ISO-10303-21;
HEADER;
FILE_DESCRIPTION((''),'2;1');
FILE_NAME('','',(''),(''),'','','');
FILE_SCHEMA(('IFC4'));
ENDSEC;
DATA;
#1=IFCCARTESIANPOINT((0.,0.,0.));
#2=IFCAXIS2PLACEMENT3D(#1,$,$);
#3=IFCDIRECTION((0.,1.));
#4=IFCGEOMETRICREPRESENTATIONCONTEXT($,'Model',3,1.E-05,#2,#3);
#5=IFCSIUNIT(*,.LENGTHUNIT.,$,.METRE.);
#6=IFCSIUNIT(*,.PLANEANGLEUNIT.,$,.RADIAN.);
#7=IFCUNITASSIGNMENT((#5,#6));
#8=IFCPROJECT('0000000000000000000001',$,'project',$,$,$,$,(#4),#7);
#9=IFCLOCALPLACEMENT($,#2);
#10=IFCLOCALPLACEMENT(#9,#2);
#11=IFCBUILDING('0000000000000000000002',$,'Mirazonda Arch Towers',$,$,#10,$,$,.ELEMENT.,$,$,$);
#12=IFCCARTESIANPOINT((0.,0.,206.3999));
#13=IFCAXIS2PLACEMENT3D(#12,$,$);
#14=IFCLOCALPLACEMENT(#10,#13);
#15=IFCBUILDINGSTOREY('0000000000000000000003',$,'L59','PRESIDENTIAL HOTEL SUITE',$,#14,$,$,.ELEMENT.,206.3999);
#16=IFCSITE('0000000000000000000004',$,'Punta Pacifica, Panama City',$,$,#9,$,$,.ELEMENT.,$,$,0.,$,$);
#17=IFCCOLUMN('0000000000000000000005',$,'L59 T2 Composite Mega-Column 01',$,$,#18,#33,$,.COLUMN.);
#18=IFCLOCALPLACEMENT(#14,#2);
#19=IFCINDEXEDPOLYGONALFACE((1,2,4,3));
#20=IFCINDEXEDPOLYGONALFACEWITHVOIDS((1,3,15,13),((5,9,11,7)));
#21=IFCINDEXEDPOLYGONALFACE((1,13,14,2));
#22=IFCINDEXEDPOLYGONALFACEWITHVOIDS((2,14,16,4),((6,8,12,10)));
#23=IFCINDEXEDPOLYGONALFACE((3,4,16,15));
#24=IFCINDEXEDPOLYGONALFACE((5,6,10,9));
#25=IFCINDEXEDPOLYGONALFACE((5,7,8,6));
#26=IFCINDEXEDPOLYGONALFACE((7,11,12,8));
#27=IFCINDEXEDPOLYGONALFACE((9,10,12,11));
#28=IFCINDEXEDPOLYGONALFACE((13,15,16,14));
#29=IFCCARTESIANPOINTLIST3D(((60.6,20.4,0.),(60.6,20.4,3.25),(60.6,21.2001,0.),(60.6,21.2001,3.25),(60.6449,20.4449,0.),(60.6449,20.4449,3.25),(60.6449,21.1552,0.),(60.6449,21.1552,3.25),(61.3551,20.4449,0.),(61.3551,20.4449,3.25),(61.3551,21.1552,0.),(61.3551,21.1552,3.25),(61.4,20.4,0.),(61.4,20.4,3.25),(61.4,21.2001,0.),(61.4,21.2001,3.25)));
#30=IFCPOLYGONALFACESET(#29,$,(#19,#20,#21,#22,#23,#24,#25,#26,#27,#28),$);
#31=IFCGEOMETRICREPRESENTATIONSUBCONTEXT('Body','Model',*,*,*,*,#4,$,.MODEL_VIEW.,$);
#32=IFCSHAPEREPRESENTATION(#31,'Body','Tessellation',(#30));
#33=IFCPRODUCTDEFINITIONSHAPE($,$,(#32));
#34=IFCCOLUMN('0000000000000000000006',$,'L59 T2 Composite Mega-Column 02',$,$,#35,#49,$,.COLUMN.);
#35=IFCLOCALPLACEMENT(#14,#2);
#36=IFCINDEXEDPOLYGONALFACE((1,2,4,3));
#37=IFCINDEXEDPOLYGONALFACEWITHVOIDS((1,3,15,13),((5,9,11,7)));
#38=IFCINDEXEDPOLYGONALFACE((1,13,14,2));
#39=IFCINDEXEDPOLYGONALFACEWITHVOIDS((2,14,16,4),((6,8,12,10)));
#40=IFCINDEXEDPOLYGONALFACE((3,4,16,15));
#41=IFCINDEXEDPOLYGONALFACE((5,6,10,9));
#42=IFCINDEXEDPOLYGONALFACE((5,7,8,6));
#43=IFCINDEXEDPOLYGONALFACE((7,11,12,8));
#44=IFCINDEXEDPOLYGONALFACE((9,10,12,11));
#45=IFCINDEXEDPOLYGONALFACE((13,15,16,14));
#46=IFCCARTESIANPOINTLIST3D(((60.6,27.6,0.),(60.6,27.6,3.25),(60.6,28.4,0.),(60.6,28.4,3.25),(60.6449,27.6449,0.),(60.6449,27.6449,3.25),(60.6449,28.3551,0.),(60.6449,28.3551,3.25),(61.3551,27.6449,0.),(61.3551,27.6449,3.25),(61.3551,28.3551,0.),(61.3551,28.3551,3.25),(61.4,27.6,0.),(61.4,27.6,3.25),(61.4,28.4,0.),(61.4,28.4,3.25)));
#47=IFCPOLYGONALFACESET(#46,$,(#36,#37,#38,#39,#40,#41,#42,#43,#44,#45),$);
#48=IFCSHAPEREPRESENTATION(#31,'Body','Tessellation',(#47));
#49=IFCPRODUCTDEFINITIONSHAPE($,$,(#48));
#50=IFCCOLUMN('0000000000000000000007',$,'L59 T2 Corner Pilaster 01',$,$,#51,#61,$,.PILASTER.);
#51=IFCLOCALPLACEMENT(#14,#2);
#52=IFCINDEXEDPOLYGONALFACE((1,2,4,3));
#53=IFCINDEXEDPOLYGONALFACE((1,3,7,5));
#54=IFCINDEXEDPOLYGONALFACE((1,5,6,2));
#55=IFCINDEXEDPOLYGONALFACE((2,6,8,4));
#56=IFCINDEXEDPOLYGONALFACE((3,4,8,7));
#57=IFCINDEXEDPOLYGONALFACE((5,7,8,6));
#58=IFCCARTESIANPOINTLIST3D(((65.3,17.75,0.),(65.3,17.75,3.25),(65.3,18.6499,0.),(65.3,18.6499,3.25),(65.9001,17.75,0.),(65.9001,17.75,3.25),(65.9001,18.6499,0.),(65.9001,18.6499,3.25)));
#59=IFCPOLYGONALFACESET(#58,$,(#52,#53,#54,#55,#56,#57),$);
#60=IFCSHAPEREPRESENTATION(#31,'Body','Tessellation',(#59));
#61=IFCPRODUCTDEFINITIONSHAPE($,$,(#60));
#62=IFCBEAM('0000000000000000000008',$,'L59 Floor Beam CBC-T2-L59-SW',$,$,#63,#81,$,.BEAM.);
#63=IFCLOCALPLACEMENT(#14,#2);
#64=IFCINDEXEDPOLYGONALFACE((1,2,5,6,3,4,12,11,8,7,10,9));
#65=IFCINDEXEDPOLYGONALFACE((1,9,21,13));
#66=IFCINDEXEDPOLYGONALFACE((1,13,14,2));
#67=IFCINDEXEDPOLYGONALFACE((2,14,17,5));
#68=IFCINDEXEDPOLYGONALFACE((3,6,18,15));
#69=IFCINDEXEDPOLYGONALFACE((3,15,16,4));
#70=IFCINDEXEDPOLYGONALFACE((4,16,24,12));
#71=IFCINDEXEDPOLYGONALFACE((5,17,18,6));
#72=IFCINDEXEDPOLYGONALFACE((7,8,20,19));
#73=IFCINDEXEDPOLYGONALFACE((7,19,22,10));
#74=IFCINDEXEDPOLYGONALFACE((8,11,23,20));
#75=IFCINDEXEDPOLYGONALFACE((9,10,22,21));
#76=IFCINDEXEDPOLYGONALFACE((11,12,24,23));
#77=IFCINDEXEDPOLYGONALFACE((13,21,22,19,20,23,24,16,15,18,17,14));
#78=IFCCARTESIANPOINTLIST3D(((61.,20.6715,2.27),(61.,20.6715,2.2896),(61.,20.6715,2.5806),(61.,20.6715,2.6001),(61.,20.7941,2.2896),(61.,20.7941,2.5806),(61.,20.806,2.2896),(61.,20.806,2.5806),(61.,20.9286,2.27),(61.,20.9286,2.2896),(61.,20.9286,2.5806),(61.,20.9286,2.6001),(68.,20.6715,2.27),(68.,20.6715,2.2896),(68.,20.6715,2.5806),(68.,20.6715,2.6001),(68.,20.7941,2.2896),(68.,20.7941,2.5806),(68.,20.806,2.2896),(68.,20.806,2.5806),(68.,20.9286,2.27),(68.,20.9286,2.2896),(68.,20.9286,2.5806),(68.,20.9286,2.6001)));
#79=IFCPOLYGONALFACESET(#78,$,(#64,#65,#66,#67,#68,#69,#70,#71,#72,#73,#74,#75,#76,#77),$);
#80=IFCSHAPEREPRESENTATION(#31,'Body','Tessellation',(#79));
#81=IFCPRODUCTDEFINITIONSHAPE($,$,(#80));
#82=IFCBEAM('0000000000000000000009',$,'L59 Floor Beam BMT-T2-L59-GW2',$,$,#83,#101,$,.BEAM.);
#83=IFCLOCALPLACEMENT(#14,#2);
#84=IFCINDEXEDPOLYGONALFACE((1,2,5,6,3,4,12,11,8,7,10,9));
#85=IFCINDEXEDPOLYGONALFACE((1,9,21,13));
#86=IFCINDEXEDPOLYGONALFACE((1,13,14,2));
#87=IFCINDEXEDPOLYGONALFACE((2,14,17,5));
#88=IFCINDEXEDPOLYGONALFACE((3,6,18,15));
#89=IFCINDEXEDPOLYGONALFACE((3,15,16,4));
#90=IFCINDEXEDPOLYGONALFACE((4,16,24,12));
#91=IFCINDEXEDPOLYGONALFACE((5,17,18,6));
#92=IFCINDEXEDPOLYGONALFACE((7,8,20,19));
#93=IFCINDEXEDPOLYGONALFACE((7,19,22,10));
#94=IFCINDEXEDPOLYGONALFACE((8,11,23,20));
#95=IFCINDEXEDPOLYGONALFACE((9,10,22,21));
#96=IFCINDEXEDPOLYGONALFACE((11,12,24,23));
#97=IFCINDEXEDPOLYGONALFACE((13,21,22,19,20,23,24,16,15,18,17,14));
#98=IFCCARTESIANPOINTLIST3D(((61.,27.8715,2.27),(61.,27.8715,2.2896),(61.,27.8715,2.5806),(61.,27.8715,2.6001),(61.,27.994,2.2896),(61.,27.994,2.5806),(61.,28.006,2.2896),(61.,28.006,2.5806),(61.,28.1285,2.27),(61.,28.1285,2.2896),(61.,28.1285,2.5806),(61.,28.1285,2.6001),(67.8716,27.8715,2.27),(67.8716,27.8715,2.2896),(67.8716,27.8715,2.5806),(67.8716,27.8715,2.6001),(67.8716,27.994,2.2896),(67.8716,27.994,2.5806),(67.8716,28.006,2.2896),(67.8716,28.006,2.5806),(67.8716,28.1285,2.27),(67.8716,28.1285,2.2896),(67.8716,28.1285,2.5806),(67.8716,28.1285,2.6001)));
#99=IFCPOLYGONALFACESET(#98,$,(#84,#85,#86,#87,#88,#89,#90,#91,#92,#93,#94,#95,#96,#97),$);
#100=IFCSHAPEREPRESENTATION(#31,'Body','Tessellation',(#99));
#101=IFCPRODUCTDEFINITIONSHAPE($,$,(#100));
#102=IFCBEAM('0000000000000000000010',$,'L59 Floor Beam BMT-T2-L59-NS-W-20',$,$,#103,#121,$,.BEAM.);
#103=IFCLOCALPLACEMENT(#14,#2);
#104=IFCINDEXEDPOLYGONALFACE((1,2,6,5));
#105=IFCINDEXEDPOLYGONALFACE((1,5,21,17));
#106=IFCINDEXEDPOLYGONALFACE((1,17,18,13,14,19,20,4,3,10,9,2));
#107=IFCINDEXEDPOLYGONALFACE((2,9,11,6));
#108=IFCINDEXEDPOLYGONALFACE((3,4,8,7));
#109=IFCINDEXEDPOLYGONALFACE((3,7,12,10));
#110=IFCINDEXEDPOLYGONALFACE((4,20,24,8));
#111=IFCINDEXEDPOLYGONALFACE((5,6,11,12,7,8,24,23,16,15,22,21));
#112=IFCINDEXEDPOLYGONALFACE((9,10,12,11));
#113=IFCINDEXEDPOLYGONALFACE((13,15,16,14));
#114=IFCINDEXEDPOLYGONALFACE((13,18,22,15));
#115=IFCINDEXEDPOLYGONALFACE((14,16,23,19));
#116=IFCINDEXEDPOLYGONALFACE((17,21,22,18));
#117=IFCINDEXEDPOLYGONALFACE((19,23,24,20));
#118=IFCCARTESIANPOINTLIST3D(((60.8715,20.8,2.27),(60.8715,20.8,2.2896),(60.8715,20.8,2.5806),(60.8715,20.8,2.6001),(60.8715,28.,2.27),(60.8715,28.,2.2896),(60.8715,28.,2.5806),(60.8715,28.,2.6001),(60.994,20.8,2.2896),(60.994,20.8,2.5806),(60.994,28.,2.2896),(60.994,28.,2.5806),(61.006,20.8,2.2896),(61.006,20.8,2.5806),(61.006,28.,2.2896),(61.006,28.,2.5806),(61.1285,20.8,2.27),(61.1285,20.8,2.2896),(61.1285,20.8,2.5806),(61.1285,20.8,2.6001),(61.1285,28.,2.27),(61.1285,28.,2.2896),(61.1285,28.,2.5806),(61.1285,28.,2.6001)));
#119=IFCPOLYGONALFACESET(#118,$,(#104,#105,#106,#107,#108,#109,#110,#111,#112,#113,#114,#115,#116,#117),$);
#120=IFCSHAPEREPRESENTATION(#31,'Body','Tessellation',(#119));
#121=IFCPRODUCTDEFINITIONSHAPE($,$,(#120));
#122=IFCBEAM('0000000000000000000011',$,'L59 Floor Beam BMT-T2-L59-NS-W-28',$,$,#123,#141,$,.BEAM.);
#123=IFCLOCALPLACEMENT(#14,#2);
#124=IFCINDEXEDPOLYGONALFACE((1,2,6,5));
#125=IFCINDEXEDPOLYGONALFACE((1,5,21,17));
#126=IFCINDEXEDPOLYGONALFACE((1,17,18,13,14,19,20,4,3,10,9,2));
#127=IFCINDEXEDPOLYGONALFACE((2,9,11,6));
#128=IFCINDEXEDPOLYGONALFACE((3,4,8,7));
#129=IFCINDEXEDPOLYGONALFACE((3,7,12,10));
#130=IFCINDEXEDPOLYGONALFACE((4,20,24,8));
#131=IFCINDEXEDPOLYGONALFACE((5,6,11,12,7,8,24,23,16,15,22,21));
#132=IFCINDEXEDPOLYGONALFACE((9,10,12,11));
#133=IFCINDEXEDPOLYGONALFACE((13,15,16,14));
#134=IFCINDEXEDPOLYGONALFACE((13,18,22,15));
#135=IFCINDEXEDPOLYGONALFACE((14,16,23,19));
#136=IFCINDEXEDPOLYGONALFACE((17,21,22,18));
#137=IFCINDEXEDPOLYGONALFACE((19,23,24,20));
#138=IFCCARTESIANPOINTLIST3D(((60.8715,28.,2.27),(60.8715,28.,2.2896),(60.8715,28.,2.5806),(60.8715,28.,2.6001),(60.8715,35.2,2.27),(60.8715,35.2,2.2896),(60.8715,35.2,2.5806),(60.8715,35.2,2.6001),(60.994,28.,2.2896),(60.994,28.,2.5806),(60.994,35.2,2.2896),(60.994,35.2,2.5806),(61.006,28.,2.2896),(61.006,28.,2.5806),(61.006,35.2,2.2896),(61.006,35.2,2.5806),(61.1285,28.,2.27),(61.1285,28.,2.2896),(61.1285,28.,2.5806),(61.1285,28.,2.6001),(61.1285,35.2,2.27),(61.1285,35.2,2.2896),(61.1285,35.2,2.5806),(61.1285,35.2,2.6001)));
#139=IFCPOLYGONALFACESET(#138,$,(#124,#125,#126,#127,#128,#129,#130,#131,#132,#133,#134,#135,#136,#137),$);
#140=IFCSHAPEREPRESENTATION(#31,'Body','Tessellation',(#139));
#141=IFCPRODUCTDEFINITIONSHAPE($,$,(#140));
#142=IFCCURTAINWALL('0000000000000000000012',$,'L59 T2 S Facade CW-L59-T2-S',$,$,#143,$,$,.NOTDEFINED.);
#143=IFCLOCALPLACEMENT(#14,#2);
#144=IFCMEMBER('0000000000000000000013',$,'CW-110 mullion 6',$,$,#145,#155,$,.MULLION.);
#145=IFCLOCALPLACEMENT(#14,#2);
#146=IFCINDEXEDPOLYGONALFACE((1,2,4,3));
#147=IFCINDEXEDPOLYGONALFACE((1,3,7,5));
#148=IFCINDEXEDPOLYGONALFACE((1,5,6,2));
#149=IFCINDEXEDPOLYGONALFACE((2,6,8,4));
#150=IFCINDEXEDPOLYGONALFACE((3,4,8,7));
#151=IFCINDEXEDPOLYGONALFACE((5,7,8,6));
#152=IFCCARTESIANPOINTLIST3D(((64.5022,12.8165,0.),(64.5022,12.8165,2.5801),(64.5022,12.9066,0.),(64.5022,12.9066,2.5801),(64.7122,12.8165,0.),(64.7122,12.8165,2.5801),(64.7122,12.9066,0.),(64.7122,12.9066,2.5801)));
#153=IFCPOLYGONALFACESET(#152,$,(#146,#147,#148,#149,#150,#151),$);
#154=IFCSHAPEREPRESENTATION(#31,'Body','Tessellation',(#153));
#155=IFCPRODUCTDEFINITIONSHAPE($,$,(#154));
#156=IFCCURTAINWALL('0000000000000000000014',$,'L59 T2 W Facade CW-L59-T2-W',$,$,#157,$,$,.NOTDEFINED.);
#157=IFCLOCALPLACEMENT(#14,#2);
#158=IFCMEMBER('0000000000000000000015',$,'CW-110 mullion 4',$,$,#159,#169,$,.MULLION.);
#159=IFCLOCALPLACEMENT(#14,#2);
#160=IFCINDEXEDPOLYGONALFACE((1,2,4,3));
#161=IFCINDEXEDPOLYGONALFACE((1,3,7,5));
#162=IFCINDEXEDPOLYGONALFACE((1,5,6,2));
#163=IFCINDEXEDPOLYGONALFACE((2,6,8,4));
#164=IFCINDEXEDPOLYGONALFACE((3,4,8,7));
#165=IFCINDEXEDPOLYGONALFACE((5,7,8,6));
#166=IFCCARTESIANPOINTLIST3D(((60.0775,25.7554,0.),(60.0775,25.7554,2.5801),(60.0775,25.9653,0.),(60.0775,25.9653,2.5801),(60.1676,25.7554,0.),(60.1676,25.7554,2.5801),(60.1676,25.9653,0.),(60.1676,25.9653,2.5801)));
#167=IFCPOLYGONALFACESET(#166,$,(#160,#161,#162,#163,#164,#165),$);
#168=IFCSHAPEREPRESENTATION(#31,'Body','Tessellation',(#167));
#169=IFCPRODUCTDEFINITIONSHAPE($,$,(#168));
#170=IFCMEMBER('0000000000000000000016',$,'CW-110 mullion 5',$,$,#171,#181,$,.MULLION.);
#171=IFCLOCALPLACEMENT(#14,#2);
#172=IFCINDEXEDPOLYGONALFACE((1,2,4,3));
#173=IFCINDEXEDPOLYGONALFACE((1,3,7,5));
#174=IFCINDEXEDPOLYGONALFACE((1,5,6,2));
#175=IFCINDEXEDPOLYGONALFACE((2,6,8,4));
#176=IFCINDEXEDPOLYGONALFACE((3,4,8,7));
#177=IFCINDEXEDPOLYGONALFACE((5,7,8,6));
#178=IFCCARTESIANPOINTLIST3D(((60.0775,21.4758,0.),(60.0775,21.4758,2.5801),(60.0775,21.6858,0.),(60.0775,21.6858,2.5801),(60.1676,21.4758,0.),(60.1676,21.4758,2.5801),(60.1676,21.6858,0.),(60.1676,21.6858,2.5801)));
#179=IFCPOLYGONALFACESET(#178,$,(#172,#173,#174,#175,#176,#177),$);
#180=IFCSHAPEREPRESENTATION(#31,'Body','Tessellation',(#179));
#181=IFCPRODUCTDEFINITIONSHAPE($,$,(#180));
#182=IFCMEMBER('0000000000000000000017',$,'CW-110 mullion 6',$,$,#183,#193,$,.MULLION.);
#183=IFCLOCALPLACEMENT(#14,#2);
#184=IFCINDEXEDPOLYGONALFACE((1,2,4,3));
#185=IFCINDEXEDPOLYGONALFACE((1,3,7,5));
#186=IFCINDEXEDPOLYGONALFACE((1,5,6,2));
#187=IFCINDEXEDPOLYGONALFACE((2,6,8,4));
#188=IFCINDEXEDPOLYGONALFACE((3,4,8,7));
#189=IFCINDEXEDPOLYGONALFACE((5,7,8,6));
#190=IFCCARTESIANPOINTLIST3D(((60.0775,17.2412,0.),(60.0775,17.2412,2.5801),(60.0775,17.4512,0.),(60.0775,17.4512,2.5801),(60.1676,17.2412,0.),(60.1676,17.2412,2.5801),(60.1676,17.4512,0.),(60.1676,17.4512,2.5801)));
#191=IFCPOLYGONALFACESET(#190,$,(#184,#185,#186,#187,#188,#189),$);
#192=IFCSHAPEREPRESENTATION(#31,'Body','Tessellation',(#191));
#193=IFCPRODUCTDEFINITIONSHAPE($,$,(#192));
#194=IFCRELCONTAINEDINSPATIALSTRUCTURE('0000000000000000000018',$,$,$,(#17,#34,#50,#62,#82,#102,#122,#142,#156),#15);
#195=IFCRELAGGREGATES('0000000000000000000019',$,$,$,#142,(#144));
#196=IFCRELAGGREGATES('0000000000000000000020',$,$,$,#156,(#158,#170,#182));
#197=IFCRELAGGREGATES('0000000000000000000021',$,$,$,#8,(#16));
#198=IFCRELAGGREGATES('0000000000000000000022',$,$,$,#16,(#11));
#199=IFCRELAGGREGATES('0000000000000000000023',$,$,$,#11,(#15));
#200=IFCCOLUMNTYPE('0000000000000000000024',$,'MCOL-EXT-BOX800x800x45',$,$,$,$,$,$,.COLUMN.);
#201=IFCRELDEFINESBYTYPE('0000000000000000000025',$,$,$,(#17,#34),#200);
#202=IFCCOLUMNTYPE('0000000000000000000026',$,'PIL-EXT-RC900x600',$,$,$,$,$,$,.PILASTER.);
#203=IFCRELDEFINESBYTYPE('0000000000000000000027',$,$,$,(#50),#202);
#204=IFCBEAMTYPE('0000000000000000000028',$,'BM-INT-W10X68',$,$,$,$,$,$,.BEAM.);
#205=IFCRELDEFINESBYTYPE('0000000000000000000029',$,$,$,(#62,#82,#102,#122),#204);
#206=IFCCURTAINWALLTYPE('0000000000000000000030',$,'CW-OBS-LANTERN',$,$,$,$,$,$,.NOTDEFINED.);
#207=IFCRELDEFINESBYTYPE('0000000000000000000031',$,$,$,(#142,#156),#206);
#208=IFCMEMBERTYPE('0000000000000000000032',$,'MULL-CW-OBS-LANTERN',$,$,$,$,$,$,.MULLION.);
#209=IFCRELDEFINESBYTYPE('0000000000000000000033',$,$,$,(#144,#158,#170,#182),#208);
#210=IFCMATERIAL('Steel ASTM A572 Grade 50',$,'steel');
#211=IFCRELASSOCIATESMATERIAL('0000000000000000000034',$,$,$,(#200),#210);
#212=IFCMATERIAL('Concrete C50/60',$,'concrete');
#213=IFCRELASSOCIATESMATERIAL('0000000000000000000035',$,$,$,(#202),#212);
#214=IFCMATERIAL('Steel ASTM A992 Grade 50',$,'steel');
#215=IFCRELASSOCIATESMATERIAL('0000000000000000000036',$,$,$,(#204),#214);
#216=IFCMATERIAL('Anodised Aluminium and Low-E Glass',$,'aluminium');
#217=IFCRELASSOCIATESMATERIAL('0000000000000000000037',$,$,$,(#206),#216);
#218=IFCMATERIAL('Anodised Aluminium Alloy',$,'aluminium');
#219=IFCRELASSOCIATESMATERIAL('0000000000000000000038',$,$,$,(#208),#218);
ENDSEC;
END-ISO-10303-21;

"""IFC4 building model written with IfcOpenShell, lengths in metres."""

from ifc_helpers import new_model, si_unit, direction, frame, origin, origin_2d, place, context, subcontext, project, spatial, rectangle, hollow_rectangle, i_section, extrude, material, material_profile, profile_set, type_object, element, aggregate, save


model = new_model("IFC4")

# Units and contexts
model_context = context("Model", 3, precision=1e-05, world=origin(), true_north=direction((0.0, 1.0)))
body_context = subcontext(model_context, "Body", "Model", "MODEL_VIEW")
ifc_project = project(units=[si_unit("LENGTHUNIT", "METRE"), si_unit("PLANEANGLEUNIT", "RADIAN")], contexts=[model_context])

# Site, building, storey
site_placement = place(None, origin())
site = spatial("IfcSite", under=ifc_project, at=site_placement, Name="Punta Pacifica, Panama City", CompositionType="ELEMENT", RefElevation=0.0)
building_placement = place(site_placement, origin())
building = spatial("IfcBuilding", under=site, at=building_placement, Name="Mirazonda Arch Towers", CompositionType="ELEMENT")
storey_placement = place(building_placement, frame((0.0, 0.0, 206.3999)))
storey = spatial("IfcBuildingStorey", under=building, at=storey_placement, Name="L59", Description="PRESIDENTIAL HOTEL SUITE", CompositionType="ELEMENT", Elevation=206.3999)

# Columns
ifc_material_1 = material(Name="Steel ASTM A572 Grade 50", Category="steel")
ifc_material_profile_1 = material_profile(ifc_material_1, hollow_rectangle(XDim=0.8, YDim=0.8, WallThickness=0.0449, at=origin_2d()), Name="BOX800x800x45")
ifc_profile_set_1 = profile_set([ifc_material_profile_1], Name="Steel ASTM A572 Grade 50")
column_type_1 = type_object("IfcColumnType", Name="MCOL-EXT-BOX800x800x45", PredefinedType="COLUMN", material=ifc_profile_set_1)
for number, where, z_axis, x_axis, name in (
    (1, (61.0, 20.8, 0.0), (0.0, 0.0, 1.0), (1.0, 0.0, 0.0), "L59 T2 Composite Mega-Column 01"),
    (2, (61.0, 28.0, 0.0), (0.0, 0.0, 1.0), (1.0, 0.0, 0.0), "L59 T2 Composite Mega-Column 02"),
):
    element("IfcColumn", number, at=place(storey_placement, frame(where, z_axis=z_axis, x_axis=x_axis)), inside=storey, type_object=column_type_1, Name=name, PredefinedType="COLUMN", context=body_context, shape_type="SweptSolid", body=[
        extrude(hollow_rectangle(XDim=0.8, YDim=0.8, WallThickness=0.0449, at=origin_2d()), origin(), (0.0, 0.0, 1.0), 3.25),
    ])
ifc_material_2 = material(Name="Concrete C50/60", Category="concrete")
ifc_material_profile_2 = material_profile(ifc_material_2, rectangle(XDim=0.6001, YDim=0.8999, at=origin_2d()), Name="RC900x600")
ifc_profile_set_2 = profile_set([ifc_material_profile_2], Name="Concrete C50/60")
column_type_2 = type_object("IfcColumnType", Name="PIL-EXT-RC900x600", PredefinedType="PILASTER", material=ifc_profile_set_2)
column_placement = place(storey_placement, frame((65.6001, 18.2, 0.0), z_axis=(0.0, 0.0, 1.0), x_axis=(1.0, 0.0, 0.0)))
element("IfcColumn", 3, at=column_placement, inside=storey, type_object=column_type_2, Name="L59 T2 Corner Pilaster 01", PredefinedType="PILASTER", context=body_context, shape_type="SweptSolid", body=[
    extrude(rectangle(XDim=0.6001, YDim=0.8999, at=origin_2d()), origin(), (0.0, 0.0, 1.0), 3.25),
])

# Beams
ifc_material_3 = material(Name="Steel ASTM A992 Grade 50", Category="steel")
ifc_material_profile_3 = material_profile(ifc_material_3, i_section(OverallWidth=0.2571, OverallDepth=0.3301, WebThickness=0.012, FlangeThickness=0.0195, at=origin_2d()), Name="W10X68")
ifc_profile_set_3 = profile_set([ifc_material_profile_3], Name="Steel ASTM A992 Grade 50")
beam_type = type_object("IfcBeamType", Name="BM-INT-W10X68", PredefinedType="BEAM", material=ifc_profile_set_3)
beam_1_placement = place(storey_placement, frame((61.0, 20.8, 2.4351), z_axis=(1.0, 0.0, 0.0), x_axis=(0.0, 1.0, 0.0)))
element("IfcBeam", 4, at=beam_1_placement, inside=storey, type_object=beam_type, Name="L59 Floor Beam CBC-T2-L59-SW", PredefinedType="BEAM", context=body_context, shape_type="SweptSolid", body=[
    extrude(i_section(OverallWidth=0.2571, OverallDepth=0.3301, WebThickness=0.012, FlangeThickness=0.0195, at=origin_2d()), origin(), (0.0, 0.0, 1.0), 7.0),
])
beam_2_placement = place(storey_placement, frame((61.0, 28.0, 2.4351), z_axis=(1.0, 0.0, 0.0), x_axis=(0.0, 1.0, 0.0)))
element("IfcBeam", 5, at=beam_2_placement, inside=storey, type_object=beam_type, Name="L59 Floor Beam BMT-T2-L59-GW2", PredefinedType="BEAM", context=body_context, shape_type="SweptSolid", body=[
    extrude(i_section(OverallWidth=0.2571, OverallDepth=0.3301, WebThickness=0.012, FlangeThickness=0.0195, at=origin_2d()), origin(), (0.0, 0.0, 1.0), 6.8716),
])
for number, where, z_axis, x_axis, name in (
    (6, (61.0, 20.8, 2.4351), (0.0, 1.0, 0.0), (-1.0, 0.0, 0.0), "L59 Floor Beam BMT-T2-L59-NS-W-20"),
    (7, (61.0, 28.0, 2.4351), (0.0, 1.0, 0.0), (-1.0, 0.0, 0.0), "L59 Floor Beam BMT-T2-L59-NS-W-28"),
):
    element("IfcBeam", number, at=place(storey_placement, frame(where, z_axis=z_axis, x_axis=x_axis)), inside=storey, type_object=beam_type, Name=name, PredefinedType="BEAM", context=body_context, shape_type="SweptSolid", body=[
        extrude(i_section(OverallWidth=0.2571, OverallDepth=0.3301, WebThickness=0.012, FlangeThickness=0.0195, at=origin_2d()), origin(), (0.0, 0.0, 1.0), 7.2),
    ])

# Curtain wall, member
ifc_material_4 = material(Name="Anodised Aluminium and Low-E Glass", Category="aluminium")
curtain_wall_type_1 = type_object("IfcCurtainWallType", Name="CW-OBS-LANTERN", PredefinedType="NOTDEFINED", material=ifc_material_4)
curtain_wall_1_placement = place(storey_placement, origin())
curtain_wall_1 = element("IfcCurtainWall", 8, at=curtain_wall_1_placement, inside=storey, type_object=curtain_wall_type_1, Name="L59 T2 S Facade CW-L59-T2-S", PredefinedType="NOTDEFINED")
ifc_material_5 = material(Name="Anodised Aluminium Alloy", Category="aluminium")
ifc_material_profile_4 = material_profile(ifc_material_5, rectangle(XDim=0.0901, YDim=0.21, at=origin_2d()), Name="ALU-MULL-90x210")
ifc_profile_set_4 = profile_set([ifc_material_profile_4], Name="Anodised Aluminium Alloy")
member_type_1 = type_object("IfcMemberType", Name="MULL-CW-OBS-LANTERN", PredefinedType="MULLION", material=ifc_profile_set_4)
member_1_placement = place(storey_placement, frame((64.6072, 12.8616, 0.0), z_axis=(0.0, 0.0, 1.0), x_axis=(0.0, -1.0, 0.0)))
member_1 = element("IfcMember", 9, at=member_1_placement, type_object=member_type_1, Name="CW-110 mullion 6", PredefinedType="MULLION", context=body_context, shape_type="SweptSolid", body=[
    extrude(rectangle(XDim=0.0901, YDim=0.21, at=origin_2d()), origin(), (0.0, 0.0, 1.0), 2.5801),
])
aggregate(curtain_wall_1, [member_1])

# Curtain wall, members
curtain_wall_2_placement = place(storey_placement, origin())
curtain_wall_2 = element("IfcCurtainWall", 10, at=curtain_wall_2_placement, inside=storey, type_object=curtain_wall_type_1, Name="L59 T2 W Facade CW-L59-T2-W", PredefinedType="NOTDEFINED")
member_2_placement = place(storey_placement, frame((60.1226, 25.8604, 0.0), z_axis=(0.0, 0.0, 1.0), x_axis=(1.0, 0.0, 0.0)))
member_2 = element("IfcMember", 11, at=member_2_placement, type_object=member_type_1, Name="CW-110 mullion 4", PredefinedType="MULLION", context=body_context, shape_type="SweptSolid", body=[
    extrude(rectangle(XDim=0.0901, YDim=0.21, at=origin_2d()), origin(), (0.0, 0.0, 1.0), 2.5801),
])
member_3_placement = place(storey_placement, frame((60.1226, 21.5808, 0.0), z_axis=(0.0, 0.0, 1.0), x_axis=(1.0, 0.0, 0.0)))
member_3 = element("IfcMember", 12, at=member_3_placement, type_object=member_type_1, Name="CW-110 mullion 5", PredefinedType="MULLION", context=body_context, shape_type="SweptSolid", body=[
    extrude(rectangle(XDim=0.0901, YDim=0.21, at=origin_2d()), origin(), (0.0, 0.0, 1.0), 2.5801),
])
member_4_placement = place(storey_placement, frame((60.1226, 17.3462, 0.0), z_axis=(0.0, 0.0, 1.0), x_axis=(1.0, 0.0, 0.0)))
member_4 = element("IfcMember", 13, at=member_4_placement, type_object=member_type_1, Name="CW-110 mullion 6", PredefinedType="MULLION", context=body_context, shape_type="SweptSolid", body=[
    extrude(rectangle(XDim=0.0901, YDim=0.21, at=origin_2d()), origin(), (0.0, 0.0, 1.0), 2.5801),
])
aggregate(curtain_wall_2, [member_2, member_3, member_4])

save(model, "model.ifc")
